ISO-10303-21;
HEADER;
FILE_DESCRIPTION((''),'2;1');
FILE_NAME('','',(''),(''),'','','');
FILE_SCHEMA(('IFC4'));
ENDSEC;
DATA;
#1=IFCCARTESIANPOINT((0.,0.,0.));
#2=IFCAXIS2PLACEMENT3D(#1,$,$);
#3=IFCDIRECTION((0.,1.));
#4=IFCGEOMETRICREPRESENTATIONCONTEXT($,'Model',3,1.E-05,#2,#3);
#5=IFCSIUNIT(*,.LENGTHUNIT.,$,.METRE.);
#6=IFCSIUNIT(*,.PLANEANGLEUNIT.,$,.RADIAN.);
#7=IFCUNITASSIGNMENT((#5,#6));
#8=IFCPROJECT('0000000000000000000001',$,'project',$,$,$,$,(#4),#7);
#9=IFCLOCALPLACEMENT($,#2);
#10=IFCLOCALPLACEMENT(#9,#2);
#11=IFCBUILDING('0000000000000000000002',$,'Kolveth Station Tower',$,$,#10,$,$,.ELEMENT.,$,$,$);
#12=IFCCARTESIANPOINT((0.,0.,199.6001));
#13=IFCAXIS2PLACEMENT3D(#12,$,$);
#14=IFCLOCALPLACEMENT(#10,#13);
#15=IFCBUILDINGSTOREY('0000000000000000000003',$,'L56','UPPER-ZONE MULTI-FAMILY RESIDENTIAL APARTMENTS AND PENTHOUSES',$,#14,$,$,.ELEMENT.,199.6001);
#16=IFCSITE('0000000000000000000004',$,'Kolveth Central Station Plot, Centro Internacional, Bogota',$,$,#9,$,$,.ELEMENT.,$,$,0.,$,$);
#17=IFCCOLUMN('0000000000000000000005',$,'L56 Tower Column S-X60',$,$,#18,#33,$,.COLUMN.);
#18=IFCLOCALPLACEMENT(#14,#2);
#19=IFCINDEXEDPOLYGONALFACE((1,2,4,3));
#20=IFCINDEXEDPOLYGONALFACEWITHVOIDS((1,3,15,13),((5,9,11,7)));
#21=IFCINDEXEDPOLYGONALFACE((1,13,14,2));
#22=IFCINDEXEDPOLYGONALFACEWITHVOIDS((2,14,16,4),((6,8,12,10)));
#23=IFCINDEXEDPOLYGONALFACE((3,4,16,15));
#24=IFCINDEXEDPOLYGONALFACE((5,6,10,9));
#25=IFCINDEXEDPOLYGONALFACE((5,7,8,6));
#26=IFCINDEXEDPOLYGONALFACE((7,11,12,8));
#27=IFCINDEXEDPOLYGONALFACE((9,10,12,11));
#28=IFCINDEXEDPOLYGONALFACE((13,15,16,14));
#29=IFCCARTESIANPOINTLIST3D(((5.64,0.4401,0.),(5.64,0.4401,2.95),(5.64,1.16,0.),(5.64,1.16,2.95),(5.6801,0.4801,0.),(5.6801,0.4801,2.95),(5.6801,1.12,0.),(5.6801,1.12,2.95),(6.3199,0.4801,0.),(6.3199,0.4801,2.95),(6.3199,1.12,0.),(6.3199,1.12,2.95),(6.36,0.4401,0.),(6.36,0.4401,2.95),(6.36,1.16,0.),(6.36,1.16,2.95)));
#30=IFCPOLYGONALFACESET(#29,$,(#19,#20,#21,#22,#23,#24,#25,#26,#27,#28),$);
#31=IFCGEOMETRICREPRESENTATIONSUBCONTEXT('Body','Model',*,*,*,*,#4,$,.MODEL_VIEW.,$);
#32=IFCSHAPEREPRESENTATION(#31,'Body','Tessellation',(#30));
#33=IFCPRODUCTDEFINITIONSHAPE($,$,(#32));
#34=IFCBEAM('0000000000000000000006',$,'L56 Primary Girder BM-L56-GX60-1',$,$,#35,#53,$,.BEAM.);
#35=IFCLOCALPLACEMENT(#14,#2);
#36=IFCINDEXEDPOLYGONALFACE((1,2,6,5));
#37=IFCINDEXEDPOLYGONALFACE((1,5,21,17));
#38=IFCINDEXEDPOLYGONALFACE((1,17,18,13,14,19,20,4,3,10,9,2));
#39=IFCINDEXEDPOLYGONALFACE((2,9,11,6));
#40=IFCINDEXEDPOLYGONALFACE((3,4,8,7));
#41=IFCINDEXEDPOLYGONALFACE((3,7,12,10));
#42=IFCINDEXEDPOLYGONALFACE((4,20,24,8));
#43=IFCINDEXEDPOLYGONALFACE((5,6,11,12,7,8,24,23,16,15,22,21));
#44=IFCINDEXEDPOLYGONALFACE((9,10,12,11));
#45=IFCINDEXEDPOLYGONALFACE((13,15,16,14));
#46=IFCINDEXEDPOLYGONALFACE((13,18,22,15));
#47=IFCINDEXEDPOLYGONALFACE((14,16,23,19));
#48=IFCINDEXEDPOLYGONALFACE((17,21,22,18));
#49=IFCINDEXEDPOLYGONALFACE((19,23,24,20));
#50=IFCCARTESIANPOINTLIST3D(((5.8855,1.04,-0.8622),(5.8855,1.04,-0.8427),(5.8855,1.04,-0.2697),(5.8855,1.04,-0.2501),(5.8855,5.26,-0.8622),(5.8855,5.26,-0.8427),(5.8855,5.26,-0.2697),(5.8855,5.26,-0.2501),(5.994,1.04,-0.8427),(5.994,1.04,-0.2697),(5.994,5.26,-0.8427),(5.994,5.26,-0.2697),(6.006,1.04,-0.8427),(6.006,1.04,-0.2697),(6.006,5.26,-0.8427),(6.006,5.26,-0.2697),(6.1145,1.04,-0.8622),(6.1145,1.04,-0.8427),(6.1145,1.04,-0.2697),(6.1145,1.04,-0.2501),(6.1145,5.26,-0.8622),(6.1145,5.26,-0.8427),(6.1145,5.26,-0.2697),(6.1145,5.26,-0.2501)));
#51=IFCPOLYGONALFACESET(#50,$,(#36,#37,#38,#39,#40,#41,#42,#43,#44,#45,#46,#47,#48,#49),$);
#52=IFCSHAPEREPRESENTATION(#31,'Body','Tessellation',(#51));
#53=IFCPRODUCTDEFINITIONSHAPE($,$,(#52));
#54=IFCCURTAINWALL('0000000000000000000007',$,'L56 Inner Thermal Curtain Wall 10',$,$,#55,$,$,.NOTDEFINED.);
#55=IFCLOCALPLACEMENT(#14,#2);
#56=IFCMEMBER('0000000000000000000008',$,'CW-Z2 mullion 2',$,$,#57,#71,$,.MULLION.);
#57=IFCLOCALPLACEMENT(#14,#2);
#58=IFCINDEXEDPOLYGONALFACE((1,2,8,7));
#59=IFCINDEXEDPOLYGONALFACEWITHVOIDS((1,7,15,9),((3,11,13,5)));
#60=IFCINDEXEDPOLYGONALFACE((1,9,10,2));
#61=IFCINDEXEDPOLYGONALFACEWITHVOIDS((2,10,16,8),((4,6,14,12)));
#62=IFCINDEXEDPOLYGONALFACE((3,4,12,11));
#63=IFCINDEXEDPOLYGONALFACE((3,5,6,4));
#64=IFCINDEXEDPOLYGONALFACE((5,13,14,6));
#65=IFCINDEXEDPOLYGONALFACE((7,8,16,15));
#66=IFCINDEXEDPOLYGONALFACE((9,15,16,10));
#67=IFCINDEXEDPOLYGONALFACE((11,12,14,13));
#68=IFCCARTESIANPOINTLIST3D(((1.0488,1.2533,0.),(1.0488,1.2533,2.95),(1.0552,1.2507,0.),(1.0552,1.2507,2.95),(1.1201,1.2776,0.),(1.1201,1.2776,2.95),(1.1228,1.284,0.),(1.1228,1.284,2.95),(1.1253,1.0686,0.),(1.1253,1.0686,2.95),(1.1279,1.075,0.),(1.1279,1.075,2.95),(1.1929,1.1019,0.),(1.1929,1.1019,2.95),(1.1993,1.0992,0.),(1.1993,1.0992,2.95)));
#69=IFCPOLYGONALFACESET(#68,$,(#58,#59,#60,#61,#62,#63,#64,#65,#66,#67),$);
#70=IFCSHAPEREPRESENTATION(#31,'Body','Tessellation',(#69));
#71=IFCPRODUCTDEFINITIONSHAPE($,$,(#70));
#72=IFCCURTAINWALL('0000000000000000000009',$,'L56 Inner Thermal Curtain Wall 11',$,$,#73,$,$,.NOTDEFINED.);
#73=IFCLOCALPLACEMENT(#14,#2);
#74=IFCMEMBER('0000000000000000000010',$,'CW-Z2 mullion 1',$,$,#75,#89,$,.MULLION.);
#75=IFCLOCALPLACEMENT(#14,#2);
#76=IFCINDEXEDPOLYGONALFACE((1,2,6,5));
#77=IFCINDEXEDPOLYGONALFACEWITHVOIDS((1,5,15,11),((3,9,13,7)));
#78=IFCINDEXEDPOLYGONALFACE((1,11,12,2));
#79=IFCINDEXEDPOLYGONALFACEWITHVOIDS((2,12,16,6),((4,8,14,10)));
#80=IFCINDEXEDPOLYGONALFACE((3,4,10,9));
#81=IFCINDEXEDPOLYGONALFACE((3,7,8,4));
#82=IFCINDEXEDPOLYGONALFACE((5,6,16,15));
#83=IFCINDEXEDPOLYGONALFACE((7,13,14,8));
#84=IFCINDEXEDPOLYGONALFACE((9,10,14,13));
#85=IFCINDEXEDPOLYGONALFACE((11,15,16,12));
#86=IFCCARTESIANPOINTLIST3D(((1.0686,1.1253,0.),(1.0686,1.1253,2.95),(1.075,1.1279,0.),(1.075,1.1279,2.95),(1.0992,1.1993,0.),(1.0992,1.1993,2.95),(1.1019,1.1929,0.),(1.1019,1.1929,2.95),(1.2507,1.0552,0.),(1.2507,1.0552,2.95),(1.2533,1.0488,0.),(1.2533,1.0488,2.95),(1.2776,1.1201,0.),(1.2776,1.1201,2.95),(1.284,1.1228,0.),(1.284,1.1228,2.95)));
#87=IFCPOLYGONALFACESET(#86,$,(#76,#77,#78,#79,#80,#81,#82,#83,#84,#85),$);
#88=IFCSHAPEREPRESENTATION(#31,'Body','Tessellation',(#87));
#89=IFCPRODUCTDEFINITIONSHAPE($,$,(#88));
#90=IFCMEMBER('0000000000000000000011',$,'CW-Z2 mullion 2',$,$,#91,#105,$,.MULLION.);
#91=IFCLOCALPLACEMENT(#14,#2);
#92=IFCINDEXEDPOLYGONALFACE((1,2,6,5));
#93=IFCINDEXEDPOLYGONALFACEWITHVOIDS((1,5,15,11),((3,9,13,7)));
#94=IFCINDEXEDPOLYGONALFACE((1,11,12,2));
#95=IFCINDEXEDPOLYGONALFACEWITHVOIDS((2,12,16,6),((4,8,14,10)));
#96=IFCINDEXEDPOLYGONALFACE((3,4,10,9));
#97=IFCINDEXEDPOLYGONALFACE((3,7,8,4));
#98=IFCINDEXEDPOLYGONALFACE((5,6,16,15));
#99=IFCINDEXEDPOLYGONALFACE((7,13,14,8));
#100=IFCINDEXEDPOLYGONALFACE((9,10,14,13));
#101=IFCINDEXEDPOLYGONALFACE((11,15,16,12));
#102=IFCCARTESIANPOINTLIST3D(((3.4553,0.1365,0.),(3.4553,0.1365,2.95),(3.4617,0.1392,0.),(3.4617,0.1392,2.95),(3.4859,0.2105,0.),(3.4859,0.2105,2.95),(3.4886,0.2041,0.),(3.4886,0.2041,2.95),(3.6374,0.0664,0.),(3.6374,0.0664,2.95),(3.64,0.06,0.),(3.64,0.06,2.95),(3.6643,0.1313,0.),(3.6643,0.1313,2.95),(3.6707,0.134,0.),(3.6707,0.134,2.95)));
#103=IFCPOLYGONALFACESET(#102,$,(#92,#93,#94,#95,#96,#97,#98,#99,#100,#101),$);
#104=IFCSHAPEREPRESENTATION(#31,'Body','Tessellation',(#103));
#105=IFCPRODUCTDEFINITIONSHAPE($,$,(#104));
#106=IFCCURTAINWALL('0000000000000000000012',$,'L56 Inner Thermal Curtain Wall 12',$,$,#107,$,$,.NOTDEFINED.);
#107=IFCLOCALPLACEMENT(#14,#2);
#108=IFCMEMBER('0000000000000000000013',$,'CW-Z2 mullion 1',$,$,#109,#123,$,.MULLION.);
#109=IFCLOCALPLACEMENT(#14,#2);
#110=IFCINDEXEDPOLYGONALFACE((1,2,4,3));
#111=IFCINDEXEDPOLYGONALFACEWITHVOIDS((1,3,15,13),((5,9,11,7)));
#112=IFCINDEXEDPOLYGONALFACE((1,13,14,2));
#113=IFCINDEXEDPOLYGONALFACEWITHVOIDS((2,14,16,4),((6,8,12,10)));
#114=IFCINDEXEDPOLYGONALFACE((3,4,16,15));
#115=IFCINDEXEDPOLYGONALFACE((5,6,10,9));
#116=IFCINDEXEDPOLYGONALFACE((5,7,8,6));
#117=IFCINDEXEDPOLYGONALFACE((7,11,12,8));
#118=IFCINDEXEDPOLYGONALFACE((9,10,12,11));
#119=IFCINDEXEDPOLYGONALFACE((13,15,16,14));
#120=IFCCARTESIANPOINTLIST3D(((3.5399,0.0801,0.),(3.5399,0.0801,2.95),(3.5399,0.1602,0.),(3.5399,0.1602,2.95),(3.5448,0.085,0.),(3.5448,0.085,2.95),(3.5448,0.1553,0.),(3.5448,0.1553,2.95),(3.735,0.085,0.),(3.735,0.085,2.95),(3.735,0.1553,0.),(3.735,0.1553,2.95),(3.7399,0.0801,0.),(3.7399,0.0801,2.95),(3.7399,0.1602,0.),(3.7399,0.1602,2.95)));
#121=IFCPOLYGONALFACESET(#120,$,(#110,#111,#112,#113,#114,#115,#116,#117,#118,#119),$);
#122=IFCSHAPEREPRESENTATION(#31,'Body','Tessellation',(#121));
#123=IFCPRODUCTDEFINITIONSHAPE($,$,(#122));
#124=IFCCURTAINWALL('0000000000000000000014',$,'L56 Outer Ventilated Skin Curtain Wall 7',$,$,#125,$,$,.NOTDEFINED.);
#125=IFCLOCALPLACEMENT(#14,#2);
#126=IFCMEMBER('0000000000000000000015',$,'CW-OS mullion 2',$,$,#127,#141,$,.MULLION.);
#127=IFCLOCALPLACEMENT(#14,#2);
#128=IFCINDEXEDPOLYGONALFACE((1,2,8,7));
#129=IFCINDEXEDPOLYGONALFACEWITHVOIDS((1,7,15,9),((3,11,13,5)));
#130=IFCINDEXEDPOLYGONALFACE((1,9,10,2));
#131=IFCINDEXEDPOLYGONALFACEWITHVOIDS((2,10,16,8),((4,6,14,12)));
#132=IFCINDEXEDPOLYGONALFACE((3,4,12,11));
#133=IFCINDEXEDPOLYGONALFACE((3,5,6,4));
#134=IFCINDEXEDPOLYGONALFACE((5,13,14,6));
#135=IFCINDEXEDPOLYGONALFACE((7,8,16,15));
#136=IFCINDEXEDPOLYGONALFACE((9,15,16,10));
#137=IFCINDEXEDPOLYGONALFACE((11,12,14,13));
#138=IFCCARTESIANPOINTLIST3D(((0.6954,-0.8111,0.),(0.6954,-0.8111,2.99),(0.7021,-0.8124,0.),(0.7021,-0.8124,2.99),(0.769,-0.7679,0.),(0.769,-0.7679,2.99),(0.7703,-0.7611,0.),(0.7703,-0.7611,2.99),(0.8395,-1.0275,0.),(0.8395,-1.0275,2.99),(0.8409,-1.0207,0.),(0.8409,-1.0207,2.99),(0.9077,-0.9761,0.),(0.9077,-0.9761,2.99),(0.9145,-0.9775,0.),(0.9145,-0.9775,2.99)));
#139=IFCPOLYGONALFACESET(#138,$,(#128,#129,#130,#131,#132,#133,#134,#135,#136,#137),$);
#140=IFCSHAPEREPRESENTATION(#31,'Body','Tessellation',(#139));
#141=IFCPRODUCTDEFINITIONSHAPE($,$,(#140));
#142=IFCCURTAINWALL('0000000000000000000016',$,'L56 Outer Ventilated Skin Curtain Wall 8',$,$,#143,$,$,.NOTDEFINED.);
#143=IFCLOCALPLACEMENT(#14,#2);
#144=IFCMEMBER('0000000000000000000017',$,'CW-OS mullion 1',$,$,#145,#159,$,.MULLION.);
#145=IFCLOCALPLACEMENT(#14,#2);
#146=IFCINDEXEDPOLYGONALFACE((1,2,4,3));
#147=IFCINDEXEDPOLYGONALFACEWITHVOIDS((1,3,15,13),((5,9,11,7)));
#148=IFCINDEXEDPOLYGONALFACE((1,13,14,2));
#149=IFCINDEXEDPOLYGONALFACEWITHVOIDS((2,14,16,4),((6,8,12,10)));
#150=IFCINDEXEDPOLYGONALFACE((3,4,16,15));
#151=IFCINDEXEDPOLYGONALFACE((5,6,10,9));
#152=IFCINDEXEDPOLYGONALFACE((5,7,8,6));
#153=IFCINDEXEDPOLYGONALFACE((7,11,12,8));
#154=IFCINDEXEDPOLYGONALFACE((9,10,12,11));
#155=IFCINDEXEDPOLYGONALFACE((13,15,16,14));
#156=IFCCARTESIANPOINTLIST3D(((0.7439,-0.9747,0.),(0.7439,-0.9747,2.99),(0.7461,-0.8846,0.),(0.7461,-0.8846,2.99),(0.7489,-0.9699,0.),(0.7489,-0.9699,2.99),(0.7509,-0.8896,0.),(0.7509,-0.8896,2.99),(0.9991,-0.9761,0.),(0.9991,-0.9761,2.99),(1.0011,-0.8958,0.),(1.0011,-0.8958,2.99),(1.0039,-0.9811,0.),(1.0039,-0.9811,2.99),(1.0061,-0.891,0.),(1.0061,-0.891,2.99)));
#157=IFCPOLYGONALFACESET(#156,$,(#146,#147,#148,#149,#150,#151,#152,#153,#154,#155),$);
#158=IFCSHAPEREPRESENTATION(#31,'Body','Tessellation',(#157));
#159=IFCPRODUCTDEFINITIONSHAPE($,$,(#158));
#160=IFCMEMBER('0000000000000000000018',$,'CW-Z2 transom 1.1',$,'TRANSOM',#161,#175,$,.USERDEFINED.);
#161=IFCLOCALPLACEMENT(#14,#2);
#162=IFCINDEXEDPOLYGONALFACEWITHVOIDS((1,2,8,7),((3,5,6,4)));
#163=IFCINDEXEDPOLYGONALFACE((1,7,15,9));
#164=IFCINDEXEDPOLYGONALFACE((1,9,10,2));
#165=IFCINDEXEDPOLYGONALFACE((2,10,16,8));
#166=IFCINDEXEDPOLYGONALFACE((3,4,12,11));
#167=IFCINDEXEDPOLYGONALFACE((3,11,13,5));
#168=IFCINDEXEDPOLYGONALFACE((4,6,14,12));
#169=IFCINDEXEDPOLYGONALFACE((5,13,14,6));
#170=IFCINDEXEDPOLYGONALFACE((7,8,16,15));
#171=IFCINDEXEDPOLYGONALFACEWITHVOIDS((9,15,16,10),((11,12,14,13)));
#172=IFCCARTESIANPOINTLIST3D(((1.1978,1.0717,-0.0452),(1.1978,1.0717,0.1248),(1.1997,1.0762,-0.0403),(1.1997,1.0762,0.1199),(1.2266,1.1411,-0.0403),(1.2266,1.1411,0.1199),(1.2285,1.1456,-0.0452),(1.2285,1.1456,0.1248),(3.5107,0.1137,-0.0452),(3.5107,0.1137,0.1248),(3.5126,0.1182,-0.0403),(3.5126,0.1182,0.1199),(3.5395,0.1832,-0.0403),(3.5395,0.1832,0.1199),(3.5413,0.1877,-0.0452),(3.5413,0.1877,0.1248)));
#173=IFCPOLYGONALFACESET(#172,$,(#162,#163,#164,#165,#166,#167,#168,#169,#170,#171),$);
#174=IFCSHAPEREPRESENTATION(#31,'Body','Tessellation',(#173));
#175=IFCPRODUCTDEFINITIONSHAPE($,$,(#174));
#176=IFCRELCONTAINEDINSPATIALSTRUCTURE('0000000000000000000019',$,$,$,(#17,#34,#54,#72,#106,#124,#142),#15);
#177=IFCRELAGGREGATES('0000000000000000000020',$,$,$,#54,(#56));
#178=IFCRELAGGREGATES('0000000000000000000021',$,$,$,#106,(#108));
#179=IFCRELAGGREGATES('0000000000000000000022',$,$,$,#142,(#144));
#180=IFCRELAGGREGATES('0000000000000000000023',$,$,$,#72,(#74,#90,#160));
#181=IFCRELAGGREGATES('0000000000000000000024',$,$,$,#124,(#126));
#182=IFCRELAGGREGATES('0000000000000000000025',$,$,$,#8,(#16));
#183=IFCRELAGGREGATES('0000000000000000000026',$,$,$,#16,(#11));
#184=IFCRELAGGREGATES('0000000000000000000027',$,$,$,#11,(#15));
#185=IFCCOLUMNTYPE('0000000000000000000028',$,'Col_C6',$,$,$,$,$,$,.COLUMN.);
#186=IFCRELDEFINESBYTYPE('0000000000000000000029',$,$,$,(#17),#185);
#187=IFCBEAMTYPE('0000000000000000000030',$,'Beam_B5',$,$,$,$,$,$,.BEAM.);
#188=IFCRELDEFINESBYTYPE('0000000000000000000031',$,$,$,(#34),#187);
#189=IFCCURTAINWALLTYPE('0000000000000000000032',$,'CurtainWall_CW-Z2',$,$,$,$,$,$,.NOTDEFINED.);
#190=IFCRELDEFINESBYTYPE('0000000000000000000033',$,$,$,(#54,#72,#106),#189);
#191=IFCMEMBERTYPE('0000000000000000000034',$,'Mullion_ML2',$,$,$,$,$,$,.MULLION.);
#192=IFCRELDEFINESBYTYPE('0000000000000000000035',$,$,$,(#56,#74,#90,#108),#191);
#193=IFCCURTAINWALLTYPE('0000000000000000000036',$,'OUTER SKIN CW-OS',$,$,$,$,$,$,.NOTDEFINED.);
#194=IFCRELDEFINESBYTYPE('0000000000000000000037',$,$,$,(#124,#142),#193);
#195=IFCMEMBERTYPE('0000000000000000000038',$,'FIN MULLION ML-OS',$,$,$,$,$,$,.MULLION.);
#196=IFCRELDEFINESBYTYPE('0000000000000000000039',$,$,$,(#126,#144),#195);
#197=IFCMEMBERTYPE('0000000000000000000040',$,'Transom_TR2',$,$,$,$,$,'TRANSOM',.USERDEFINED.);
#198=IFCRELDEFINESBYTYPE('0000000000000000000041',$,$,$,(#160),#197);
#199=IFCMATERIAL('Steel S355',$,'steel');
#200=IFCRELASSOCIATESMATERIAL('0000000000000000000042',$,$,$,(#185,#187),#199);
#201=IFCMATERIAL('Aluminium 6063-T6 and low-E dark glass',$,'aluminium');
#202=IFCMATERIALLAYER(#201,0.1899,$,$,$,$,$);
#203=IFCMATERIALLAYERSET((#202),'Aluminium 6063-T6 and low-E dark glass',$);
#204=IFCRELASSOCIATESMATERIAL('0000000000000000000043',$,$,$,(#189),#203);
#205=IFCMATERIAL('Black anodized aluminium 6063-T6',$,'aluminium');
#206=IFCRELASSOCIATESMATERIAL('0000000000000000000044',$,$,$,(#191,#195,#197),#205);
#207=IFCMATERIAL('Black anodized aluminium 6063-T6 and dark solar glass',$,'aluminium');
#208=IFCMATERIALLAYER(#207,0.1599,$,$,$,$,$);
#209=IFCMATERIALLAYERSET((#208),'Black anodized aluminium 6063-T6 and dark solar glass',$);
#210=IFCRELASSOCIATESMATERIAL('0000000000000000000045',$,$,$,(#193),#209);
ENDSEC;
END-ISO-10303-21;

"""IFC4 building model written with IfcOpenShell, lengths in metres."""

from ifc_helpers import new_model, si_unit, direction, frame, origin, origin_2d, place, context, subcontext, project, spatial, hollow_rectangle, i_section, extrude, source, transform, mapped, material, layer, layer_set, material_profile, profile_set, type_object, element, aggregate, save


model = new_model("IFC4")

# Units and contexts
model_context = context("Model", 3, precision=1e-05, world=origin(), true_north=direction((0.0, 1.0)))
body_context = subcontext(model_context, "Body", "Model", "MODEL_VIEW")
ifc_project = project(units=[si_unit("LENGTHUNIT", "METRE"), si_unit("PLANEANGLEUNIT", "RADIAN")], contexts=[model_context])

# Site, building, storey
site_placement = place(None, origin())
site = spatial("IfcSite", under=ifc_project, at=site_placement, Name="Kolveth Central Station Plot, Centro Internacional, Bogota", CompositionType="ELEMENT", RefElevation=0.0)
building_placement = place(site_placement, origin())
building = spatial("IfcBuilding", under=site, at=building_placement, Name="Kolveth Station Tower", CompositionType="ELEMENT")
storey_placement = place(building_placement, frame((0.0, 0.0, 199.6001)))
storey = spatial("IfcBuildingStorey", under=building, at=storey_placement, Name="L56", Description="UPPER-ZONE MULTI-FAMILY RESIDENTIAL APARTMENTS AND PENTHOUSES", CompositionType="ELEMENT", Elevation=199.6001)

# Column
ifc_material_1 = material(Name="Steel S355", Category="steel")
ifc_material_profile_1 = material_profile(ifc_material_1, hollow_rectangle(XDim=0.72, YDim=0.72, WallThickness=0.04, at=origin_2d()), Name="BOX720x720x40")
ifc_profile_set_1 = profile_set([ifc_material_profile_1], Name="Steel S355")
column_type = type_object("IfcColumnType", Name="Col_C6", PredefinedType="COLUMN", material=ifc_profile_set_1)
shared_shape_1 = source(origin(), body_context, "Body", "SweptSolid", [
    extrude(hollow_rectangle(XDim=0.72, YDim=0.72, WallThickness=0.04, at=origin_2d()), origin(), (0.0, 0.0, 1.0), 2.95),
])
column_placement = place(storey_placement, frame((6.0, 0.8, 0.0), z_axis=(0.0, 0.0, 1.0), x_axis=(1.0, 0.0, 0.0)))
element("IfcColumn", 1, at=column_placement, inside=storey, type_object=column_type, Name="L56 Tower Column S-X60", PredefinedType="COLUMN", context=body_context, shape_type="MappedRepresentation", body=[
    mapped(shared_shape_1, transform((0.0, 0.0, 0.0), x_axis=(1.0, 0.0, 0.0), y_axis=(0.0, 1.0, 0.0), z_axis=(0.0, 0.0, 1.0), scale=1.0)),
])

# Beam
ifc_material_profile_2 = material_profile(ifc_material_1, i_section(OverallWidth=0.229, OverallDepth=0.6121, WebThickness=0.012, FlangeThickness=0.0195, at=origin_2d()), Name="W610x125")
ifc_profile_set_2 = profile_set([ifc_material_profile_2], Name="Steel S355")
beam_type = type_object("IfcBeamType", Name="Beam_B5", PredefinedType="BEAM", material=ifc_profile_set_2)
shared_shape_2 = source(origin(), body_context, "Body", "SweptSolid", [
    extrude(i_section(OverallWidth=0.229, OverallDepth=0.6121, WebThickness=0.012, FlangeThickness=0.0195, at=origin_2d()), origin(), (0.0, 0.0, 1.0), 4.22),
])
beam_placement = place(storey_placement, frame((6.0, 1.04, -0.5562), z_axis=(0.0, 1.0, 0.0), x_axis=(-1.0, 0.0, 0.0)))
element("IfcBeam", 2, at=beam_placement, inside=storey, type_object=beam_type, Name="L56 Primary Girder BM-L56-GX60-1", PredefinedType="BEAM", context=body_context, shape_type="MappedRepresentation", body=[
    mapped(shared_shape_2, transform((0.0, 0.0, 0.0), x_axis=(1.0, 0.0, 0.0), y_axis=(0.0, 1.0, 0.0), z_axis=(0.0, 0.0, 1.0), scale=1.0)),
])

# Curtain wall, member
ifc_material_2 = material(Name="Aluminium 6063-T6 and low-E dark glass", Category="aluminium")
ifc_layer_1 = layer(ifc_material_2, 0.1899)
ifc_layer_set_1 = layer_set([ifc_layer_1], Name="Aluminium 6063-T6 and low-E dark glass")
curtain_wall_type_1 = type_object("IfcCurtainWallType", Name="CurtainWall_CW-Z2", PredefinedType="NOTDEFINED", material=ifc_layer_set_1)
curtain_wall_1_placement = place(storey_placement, origin())
curtain_wall_1 = element("IfcCurtainWall", 3, at=curtain_wall_1_placement, inside=storey, type_object=curtain_wall_type_1, Name="L56 Inner Thermal Curtain Wall 10", PredefinedType="NOTDEFINED")
ifc_material_3 = material(Name="Black anodized aluminium 6063-T6", Category="aluminium")
ifc_material_profile_3 = material_profile(ifc_material_3, hollow_rectangle(XDim=0.0801, YDim=0.2, WallThickness=0.0049, at=origin_2d()), Name="ALU-80x200x5")
ifc_profile_set_3 = profile_set([ifc_material_profile_3], Name="Black anodized aluminium 6063-T6")
member_type_1 = type_object("IfcMemberType", Name="Mullion_ML2", PredefinedType="MULLION", material=ifc_profile_set_3)
shared_shape_3 = source(origin(), body_context, "Body", "SweptSolid", [
    extrude(hollow_rectangle(XDim=0.0801, YDim=0.2, WallThickness=0.0049, at=origin_2d()), origin(), (0.0, 0.0, 1.0), 2.95),
])
member_1_placement = place(storey_placement, frame((1.124, 1.1763, 0.0), z_axis=(0.0, 0.0, 1.0), x_axis=(0.923874, 0.382698, 0.0)))
member_1 = element("IfcMember", 4, at=member_1_placement, type_object=member_type_1, Name="CW-Z2 mullion 2", PredefinedType="MULLION", context=body_context, shape_type="MappedRepresentation", body=[
    mapped(shared_shape_3, transform((0.0, 0.0, 0.0), x_axis=(1.0, 0.0, 0.0), y_axis=(0.0, 1.0, 0.0), z_axis=(0.0, 0.0, 1.0), scale=1.0)),
])
aggregate(curtain_wall_1, [member_1])

# Curtain wall, members
curtain_wall_2_placement = place(storey_placement, origin())
curtain_wall_2 = element("IfcCurtainWall", 5, at=curtain_wall_2_placement, inside=storey, type_object=curtain_wall_type_1, Name="L56 Inner Thermal Curtain Wall 11", PredefinedType="NOTDEFINED")
member_2_placement = place(storey_placement, frame((1.1763, 1.124, 0.0), z_axis=(0.0, 0.0, 1.0), x_axis=(0.382698, 0.923874, 0.0)))
member_2 = element("IfcMember", 6, at=member_2_placement, type_object=member_type_1, Name="CW-Z2 mullion 1", PredefinedType="MULLION", context=body_context, shape_type="MappedRepresentation", body=[
    mapped(shared_shape_3, transform((0.0, 0.0, 0.0), x_axis=(1.0, 0.0, 0.0), y_axis=(0.0, 1.0, 0.0), z_axis=(0.0, 0.0, 1.0), scale=1.0)),
])
member_3_placement = place(storey_placement, frame((3.563, 0.1353, 0.0), z_axis=(0.0, 0.0, 1.0), x_axis=(0.382698, 0.923874, 0.0)))
member_3 = element("IfcMember", 7, at=member_3_placement, type_object=member_type_1, Name="CW-Z2 mullion 2", PredefinedType="MULLION", context=body_context, shape_type="MappedRepresentation", body=[
    mapped(shared_shape_3, transform((0.0, 0.0, 0.0), x_axis=(1.0, 0.0, 0.0), y_axis=(0.0, 1.0, 0.0), z_axis=(0.0, 0.0, 1.0), scale=1.0)),
])

# Curtain walls, members
curtain_wall_3_placement = place(storey_placement, origin())
curtain_wall_3 = element("IfcCurtainWall", 8, at=curtain_wall_3_placement, inside=storey, type_object=curtain_wall_type_1, Name="L56 Inner Thermal Curtain Wall 12", PredefinedType="NOTDEFINED")
member_4_placement = place(storey_placement, frame((3.6399, 0.1201, 0.0), z_axis=(0.0, 0.0, 1.0), x_axis=(0.0, 1.0, 0.0)))
member_4 = element("IfcMember", 9, at=member_4_placement, type_object=member_type_1, Name="CW-Z2 mullion 1", PredefinedType="MULLION", context=body_context, shape_type="MappedRepresentation", body=[
    mapped(shared_shape_3, transform((0.0, 0.0, 0.0), x_axis=(1.0, 0.0, 0.0), y_axis=(0.0, 1.0, 0.0), z_axis=(0.0, 0.0, 1.0), scale=1.0)),
])
ifc_material_4 = material(Name="Black anodized aluminium 6063-T6 and dark solar glass", Category="aluminium")
ifc_layer_2 = layer(ifc_material_4, 0.1599)
ifc_layer_set_2 = layer_set([ifc_layer_2], Name="Black anodized aluminium 6063-T6 and dark solar glass")
curtain_wall_type_2 = type_object("IfcCurtainWallType", Name="OUTER SKIN CW-OS", PredefinedType="NOTDEFINED", material=ifc_layer_set_2)
curtain_wall_4_placement = place(storey_placement, origin())
curtain_wall_4 = element("IfcCurtainWall", 10, at=curtain_wall_4_placement, inside=storey, type_object=curtain_wall_type_2, Name="L56 Outer Ventilated Skin Curtain Wall 7", PredefinedType="NOTDEFINED")
ifc_material_profile_4 = material_profile(ifc_material_3, hollow_rectangle(XDim=0.0901, YDim=0.26, WallThickness=0.0049, at=origin_2d()), Name="ALU-90x260x5")
ifc_profile_set_4 = profile_set([ifc_material_profile_4], Name="Black anodized aluminium 6063-T6")
member_type_2 = type_object("IfcMemberType", Name="FIN MULLION ML-OS", PredefinedType="MULLION", material=ifc_profile_set_4)
shared_shape_4 = source(origin(), body_context, "Body", "SweptSolid", [
    extrude(hollow_rectangle(XDim=0.0901, YDim=0.26, WallThickness=0.0049, at=origin_2d()), origin(), (0.0, 0.0, 1.0), 2.99),
])
member_5_placement = place(storey_placement, frame((0.8049, -0.8943, 0.0), z_axis=(0.0, 0.0, 1.0), x_axis=(0.832157, 0.554541, 0.0)))
member_5 = element("IfcMember", 11, at=member_5_placement, type_object=member_type_2, Name="CW-OS mullion 2", PredefinedType="MULLION", context=body_context, shape_type="MappedRepresentation", body=[
    mapped(shared_shape_4, transform((0.0, 0.0, 0.0), x_axis=(1.0, 0.0, 0.0), y_axis=(0.0, 1.0, 0.0), z_axis=(0.0, 0.0, 1.0), scale=1.0)),
])
curtain_wall_5_placement = place(storey_placement, origin())
curtain_wall_5 = element("IfcCurtainWall", 12, at=curtain_wall_5_placement, inside=storey, type_object=curtain_wall_type_2, Name="L56 Outer Ventilated Skin Curtain Wall 8", PredefinedType="NOTDEFINED")
member_6_placement = place(storey_placement, frame((0.875, -0.9329, 0.0), z_axis=(0.0, 0.0, 1.0), x_axis=(0.024639, 0.999696, 0.0)))
member_6 = element("IfcMember", 13, at=member_6_placement, type_object=member_type_2, Name="CW-OS mullion 1", PredefinedType="MULLION", context=body_context, shape_type="MappedRepresentation", body=[
    mapped(shared_shape_4, transform((0.0, 0.0, 0.0), x_axis=(1.0, 0.0, 0.0), y_axis=(0.0, 1.0, 0.0), z_axis=(0.0, 0.0, 1.0), scale=1.0)),
])

# Member
ifc_material_profile_5 = material_profile(ifc_material_3, hollow_rectangle(XDim=0.0801, YDim=0.1699, WallThickness=0.0049, at=origin_2d()), Name="ALU-80x170x5")
ifc_profile_set_5 = profile_set([ifc_material_profile_5], Name="Black anodized aluminium 6063-T6")
member_type_3 = type_object("IfcMemberType", Name="Transom_TR2", ElementType="TRANSOM", PredefinedType="USERDEFINED", material=ifc_profile_set_5)
shared_shape_5 = source(origin(), body_context, "Body", "SweptSolid", [
    extrude(hollow_rectangle(XDim=0.0801, YDim=0.1699, WallThickness=0.0049, at=origin_2d()), origin(), (0.0, 0.0, 1.0), 2.5034),
])
member_7_placement = place(storey_placement, frame((1.2131, 1.1086, 0.0398), z_axis=(0.923888, -0.382662, 0.0), x_axis=(0.382662, 0.923888, 0.0)))
member_7 = element("IfcMember", 14, at=member_7_placement, type_object=member_type_3, Name="CW-Z2 transom 1.1", ObjectType="TRANSOM", PredefinedType="USERDEFINED", context=body_context, shape_type="MappedRepresentation", body=[
    mapped(shared_shape_5, transform((0.0, 0.0, 0.0), x_axis=(1.0, 0.0, 0.0), y_axis=(0.0, 1.0, 0.0), z_axis=(0.0, 0.0, 1.0), scale=1.0)),
])
aggregate(curtain_wall_3, [member_4])
aggregate(curtain_wall_5, [member_6])

aggregate(curtain_wall_2, [member_2, member_3, member_7])
aggregate(curtain_wall_4, [member_5])

save(model, "model.ifc")
